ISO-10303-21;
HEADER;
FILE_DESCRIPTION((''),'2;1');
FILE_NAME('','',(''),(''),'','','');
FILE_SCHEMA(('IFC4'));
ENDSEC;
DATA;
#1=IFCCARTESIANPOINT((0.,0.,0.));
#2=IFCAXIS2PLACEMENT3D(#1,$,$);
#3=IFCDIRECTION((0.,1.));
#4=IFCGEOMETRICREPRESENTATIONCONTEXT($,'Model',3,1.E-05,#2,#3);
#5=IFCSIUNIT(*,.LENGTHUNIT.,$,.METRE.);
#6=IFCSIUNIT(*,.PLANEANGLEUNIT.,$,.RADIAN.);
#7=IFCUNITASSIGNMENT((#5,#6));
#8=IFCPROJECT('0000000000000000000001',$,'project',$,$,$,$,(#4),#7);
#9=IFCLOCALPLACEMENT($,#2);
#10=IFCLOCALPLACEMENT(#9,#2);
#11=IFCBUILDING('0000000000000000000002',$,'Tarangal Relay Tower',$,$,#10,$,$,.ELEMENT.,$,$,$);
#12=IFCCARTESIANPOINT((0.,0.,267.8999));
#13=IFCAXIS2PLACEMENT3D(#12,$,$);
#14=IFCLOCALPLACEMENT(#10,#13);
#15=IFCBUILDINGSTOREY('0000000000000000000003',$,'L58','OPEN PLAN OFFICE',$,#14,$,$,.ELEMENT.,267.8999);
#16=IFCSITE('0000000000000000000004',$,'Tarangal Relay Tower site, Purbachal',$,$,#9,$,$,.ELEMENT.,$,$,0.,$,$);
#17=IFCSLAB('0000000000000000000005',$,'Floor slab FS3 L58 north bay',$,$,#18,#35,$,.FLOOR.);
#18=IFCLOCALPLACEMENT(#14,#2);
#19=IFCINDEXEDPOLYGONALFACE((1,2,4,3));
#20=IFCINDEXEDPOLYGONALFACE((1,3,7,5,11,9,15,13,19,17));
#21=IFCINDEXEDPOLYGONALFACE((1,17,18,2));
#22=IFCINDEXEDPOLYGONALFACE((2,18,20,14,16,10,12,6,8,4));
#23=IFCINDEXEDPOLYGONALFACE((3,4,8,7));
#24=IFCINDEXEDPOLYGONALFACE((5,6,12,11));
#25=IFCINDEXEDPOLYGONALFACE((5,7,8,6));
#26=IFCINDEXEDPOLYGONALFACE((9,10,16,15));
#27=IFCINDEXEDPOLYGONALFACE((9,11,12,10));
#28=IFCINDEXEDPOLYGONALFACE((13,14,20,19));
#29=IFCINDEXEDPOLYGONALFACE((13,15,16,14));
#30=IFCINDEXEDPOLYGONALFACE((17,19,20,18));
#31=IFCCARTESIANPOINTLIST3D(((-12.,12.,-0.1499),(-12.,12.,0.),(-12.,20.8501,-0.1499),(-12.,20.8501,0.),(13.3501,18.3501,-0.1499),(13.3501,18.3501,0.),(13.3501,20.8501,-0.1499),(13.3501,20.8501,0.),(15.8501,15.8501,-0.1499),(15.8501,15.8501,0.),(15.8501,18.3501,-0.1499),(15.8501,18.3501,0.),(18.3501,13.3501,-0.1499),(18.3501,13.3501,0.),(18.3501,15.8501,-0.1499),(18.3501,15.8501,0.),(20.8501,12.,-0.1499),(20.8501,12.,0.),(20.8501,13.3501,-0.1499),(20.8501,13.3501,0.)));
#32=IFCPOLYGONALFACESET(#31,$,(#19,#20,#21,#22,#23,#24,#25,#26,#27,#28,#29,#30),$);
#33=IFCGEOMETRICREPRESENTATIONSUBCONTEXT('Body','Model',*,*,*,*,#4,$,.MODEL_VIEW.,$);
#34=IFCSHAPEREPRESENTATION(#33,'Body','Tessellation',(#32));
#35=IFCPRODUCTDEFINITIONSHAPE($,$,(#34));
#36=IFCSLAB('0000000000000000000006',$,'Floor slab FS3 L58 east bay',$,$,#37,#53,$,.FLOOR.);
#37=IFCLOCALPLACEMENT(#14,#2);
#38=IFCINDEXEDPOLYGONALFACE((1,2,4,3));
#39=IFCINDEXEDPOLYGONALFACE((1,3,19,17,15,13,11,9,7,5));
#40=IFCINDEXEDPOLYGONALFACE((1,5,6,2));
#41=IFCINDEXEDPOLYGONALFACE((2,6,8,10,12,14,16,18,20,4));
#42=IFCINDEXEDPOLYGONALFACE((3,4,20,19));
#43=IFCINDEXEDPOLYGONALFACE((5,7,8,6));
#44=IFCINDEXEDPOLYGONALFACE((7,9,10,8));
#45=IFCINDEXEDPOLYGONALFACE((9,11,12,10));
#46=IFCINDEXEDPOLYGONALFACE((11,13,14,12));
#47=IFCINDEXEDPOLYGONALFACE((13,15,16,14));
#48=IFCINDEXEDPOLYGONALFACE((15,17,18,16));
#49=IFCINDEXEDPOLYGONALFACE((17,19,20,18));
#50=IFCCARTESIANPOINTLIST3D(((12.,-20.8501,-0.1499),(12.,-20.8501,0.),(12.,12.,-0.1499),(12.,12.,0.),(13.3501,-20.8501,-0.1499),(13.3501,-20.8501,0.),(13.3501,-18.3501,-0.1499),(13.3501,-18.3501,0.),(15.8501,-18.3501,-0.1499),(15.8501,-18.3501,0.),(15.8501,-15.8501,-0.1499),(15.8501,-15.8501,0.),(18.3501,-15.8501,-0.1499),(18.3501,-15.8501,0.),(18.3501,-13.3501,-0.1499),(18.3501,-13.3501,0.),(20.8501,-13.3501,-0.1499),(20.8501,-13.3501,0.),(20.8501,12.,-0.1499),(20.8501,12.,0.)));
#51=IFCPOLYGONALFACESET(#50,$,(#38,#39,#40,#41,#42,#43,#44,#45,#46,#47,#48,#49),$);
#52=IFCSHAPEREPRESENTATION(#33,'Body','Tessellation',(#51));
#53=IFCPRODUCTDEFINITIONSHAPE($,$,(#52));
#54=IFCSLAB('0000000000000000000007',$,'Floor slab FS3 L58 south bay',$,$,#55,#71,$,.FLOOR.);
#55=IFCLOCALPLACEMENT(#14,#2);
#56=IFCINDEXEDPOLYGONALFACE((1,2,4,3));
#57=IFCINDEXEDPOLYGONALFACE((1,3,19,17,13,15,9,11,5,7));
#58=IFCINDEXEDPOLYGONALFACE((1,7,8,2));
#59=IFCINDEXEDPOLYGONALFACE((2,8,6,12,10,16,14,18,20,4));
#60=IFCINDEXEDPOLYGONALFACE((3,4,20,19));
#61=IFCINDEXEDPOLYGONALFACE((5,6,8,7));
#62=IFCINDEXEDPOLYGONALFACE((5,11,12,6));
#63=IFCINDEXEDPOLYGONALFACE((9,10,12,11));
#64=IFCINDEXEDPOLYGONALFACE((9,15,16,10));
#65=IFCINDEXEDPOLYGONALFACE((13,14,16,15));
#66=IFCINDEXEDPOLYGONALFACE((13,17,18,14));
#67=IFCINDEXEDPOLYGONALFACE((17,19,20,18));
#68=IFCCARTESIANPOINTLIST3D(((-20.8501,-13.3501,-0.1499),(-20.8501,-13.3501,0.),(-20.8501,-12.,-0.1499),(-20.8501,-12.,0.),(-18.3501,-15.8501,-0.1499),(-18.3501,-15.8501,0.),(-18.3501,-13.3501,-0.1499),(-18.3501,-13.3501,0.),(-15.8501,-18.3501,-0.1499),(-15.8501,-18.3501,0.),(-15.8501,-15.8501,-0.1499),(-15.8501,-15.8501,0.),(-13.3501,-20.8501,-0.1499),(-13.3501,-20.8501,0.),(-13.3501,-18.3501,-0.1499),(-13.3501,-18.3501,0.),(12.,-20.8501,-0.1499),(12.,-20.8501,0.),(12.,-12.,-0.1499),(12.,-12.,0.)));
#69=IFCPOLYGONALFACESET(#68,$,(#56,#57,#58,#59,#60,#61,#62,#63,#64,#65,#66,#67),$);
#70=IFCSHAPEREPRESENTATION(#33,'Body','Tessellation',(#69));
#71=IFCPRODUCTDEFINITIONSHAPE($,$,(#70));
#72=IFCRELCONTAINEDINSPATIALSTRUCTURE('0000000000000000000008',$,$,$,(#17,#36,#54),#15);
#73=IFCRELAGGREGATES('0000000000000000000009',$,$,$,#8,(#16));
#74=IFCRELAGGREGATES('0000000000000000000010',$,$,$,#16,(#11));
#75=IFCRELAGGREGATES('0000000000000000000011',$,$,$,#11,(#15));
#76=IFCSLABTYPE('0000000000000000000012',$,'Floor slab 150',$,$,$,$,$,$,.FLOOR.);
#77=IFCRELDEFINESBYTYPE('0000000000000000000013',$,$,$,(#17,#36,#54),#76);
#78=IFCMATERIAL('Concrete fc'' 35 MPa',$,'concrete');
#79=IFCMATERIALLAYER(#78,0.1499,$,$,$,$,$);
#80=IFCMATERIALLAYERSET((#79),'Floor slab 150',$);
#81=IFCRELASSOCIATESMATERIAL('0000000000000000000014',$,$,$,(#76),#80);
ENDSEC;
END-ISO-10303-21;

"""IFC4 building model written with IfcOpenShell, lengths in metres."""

from ifc_helpers import new_model, si_unit, direction, frame, origin, place, context, subcontext, project, spatial, polyline, outline, extrude, material, layer, layer_set, type_object, element, save


model = new_model("IFC4")

# Units and contexts
model_context = context("Model", 3, precision=1e-05, world=origin(), true_north=direction((0.0, 1.0)))
body_context = subcontext(model_context, "Body", "Model", "MODEL_VIEW")
ifc_project = project(units=[si_unit("LENGTHUNIT", "METRE"), si_unit("PLANEANGLEUNIT", "RADIAN")], contexts=[model_context])

# Site, building, storey
site_placement = place(None, origin())
site = spatial("IfcSite", under=ifc_project, at=site_placement, Name="Tarangal Relay Tower site, Purbachal", CompositionType="ELEMENT", RefElevation=0.0)
building_placement = place(site_placement, origin())
building = spatial("IfcBuilding", under=site, at=building_placement, Name="Tarangal Relay Tower", CompositionType="ELEMENT")
storey_placement = place(building_placement, frame((0.0, 0.0, 267.8999)))
storey = spatial("IfcBuildingStorey", under=building, at=storey_placement, Name="L58", Description="OPEN PLAN OFFICE", CompositionType="ELEMENT", Elevation=267.8999)

# Slabs
ifc_material_1 = material(Name="Concrete fc' 35 MPa", Category="concrete")
ifc_layer_1 = layer(ifc_material_1, 0.1499)
ifc_layer_set_1 = layer_set([ifc_layer_1], Name="Floor slab 150")
slab_type = type_object("IfcSlabType", Name="Floor slab 150", PredefinedType="FLOOR", material=ifc_layer_set_1)
slab_1_placement = place(storey_placement, frame((0.0, 0.0, -0.1499)))
element("IfcSlab", 1, at=slab_1_placement, inside=storey, type_object=slab_type, Name="Floor slab FS3 L58 north bay", PredefinedType="FLOOR", context=body_context, shape_type="SweptSolid", body=[
    extrude(outline(polyline([(13.3501, 20.8501), (13.3501, 18.3501), (15.8501, 18.3501), (15.8501, 15.8501), (18.3501, 15.8501), (18.3501, 13.3501), (20.8501, 13.3501), (20.8501, 12.0), (-12.0, 12.0), (-12.0, 20.8501), (13.3501, 20.8501)])), origin(), (0.0, 0.0, 1.0), 0.1499),
])
slab_2_placement = place(storey_placement, frame((0.0, 0.0, -0.1499)))
element("IfcSlab", 2, at=slab_2_placement, inside=storey, type_object=slab_type, Name="Floor slab FS3 L58 east bay", PredefinedType="FLOOR", context=body_context, shape_type="SweptSolid", body=[
    extrude(outline(polyline([(20.8501, -13.3501), (18.3501, -13.3501), (18.3501, -15.8501), (15.8501, -15.8501), (15.8501, -18.3501), (13.3501, -18.3501), (13.3501, -20.8501), (12.0, -20.8501), (12.0, 12.0), (20.8501, 12.0), (20.8501, -13.3501)])), origin(), (0.0, 0.0, 1.0), 0.1499),
])
slab_3_placement = place(storey_placement, frame((0.0, 0.0, -0.1499)))
element("IfcSlab", 3, at=slab_3_placement, inside=storey, type_object=slab_type, Name="Floor slab FS3 L58 south bay", PredefinedType="FLOOR", context=body_context, shape_type="SweptSolid", body=[
    extrude(outline(polyline([(-13.3501, -20.8501), (-13.3501, -18.3501), (-15.8501, -18.3501), (-15.8501, -15.8501), (-18.3501, -15.8501), (-18.3501, -13.3501), (-20.8501, -13.3501), (-20.8501, -12.0), (12.0, -12.0), (12.0, -20.8501), (-13.3501, -20.8501)])), origin(), (0.0, 0.0, 1.0), 0.1499),
])

save(model, "model.ifc")
